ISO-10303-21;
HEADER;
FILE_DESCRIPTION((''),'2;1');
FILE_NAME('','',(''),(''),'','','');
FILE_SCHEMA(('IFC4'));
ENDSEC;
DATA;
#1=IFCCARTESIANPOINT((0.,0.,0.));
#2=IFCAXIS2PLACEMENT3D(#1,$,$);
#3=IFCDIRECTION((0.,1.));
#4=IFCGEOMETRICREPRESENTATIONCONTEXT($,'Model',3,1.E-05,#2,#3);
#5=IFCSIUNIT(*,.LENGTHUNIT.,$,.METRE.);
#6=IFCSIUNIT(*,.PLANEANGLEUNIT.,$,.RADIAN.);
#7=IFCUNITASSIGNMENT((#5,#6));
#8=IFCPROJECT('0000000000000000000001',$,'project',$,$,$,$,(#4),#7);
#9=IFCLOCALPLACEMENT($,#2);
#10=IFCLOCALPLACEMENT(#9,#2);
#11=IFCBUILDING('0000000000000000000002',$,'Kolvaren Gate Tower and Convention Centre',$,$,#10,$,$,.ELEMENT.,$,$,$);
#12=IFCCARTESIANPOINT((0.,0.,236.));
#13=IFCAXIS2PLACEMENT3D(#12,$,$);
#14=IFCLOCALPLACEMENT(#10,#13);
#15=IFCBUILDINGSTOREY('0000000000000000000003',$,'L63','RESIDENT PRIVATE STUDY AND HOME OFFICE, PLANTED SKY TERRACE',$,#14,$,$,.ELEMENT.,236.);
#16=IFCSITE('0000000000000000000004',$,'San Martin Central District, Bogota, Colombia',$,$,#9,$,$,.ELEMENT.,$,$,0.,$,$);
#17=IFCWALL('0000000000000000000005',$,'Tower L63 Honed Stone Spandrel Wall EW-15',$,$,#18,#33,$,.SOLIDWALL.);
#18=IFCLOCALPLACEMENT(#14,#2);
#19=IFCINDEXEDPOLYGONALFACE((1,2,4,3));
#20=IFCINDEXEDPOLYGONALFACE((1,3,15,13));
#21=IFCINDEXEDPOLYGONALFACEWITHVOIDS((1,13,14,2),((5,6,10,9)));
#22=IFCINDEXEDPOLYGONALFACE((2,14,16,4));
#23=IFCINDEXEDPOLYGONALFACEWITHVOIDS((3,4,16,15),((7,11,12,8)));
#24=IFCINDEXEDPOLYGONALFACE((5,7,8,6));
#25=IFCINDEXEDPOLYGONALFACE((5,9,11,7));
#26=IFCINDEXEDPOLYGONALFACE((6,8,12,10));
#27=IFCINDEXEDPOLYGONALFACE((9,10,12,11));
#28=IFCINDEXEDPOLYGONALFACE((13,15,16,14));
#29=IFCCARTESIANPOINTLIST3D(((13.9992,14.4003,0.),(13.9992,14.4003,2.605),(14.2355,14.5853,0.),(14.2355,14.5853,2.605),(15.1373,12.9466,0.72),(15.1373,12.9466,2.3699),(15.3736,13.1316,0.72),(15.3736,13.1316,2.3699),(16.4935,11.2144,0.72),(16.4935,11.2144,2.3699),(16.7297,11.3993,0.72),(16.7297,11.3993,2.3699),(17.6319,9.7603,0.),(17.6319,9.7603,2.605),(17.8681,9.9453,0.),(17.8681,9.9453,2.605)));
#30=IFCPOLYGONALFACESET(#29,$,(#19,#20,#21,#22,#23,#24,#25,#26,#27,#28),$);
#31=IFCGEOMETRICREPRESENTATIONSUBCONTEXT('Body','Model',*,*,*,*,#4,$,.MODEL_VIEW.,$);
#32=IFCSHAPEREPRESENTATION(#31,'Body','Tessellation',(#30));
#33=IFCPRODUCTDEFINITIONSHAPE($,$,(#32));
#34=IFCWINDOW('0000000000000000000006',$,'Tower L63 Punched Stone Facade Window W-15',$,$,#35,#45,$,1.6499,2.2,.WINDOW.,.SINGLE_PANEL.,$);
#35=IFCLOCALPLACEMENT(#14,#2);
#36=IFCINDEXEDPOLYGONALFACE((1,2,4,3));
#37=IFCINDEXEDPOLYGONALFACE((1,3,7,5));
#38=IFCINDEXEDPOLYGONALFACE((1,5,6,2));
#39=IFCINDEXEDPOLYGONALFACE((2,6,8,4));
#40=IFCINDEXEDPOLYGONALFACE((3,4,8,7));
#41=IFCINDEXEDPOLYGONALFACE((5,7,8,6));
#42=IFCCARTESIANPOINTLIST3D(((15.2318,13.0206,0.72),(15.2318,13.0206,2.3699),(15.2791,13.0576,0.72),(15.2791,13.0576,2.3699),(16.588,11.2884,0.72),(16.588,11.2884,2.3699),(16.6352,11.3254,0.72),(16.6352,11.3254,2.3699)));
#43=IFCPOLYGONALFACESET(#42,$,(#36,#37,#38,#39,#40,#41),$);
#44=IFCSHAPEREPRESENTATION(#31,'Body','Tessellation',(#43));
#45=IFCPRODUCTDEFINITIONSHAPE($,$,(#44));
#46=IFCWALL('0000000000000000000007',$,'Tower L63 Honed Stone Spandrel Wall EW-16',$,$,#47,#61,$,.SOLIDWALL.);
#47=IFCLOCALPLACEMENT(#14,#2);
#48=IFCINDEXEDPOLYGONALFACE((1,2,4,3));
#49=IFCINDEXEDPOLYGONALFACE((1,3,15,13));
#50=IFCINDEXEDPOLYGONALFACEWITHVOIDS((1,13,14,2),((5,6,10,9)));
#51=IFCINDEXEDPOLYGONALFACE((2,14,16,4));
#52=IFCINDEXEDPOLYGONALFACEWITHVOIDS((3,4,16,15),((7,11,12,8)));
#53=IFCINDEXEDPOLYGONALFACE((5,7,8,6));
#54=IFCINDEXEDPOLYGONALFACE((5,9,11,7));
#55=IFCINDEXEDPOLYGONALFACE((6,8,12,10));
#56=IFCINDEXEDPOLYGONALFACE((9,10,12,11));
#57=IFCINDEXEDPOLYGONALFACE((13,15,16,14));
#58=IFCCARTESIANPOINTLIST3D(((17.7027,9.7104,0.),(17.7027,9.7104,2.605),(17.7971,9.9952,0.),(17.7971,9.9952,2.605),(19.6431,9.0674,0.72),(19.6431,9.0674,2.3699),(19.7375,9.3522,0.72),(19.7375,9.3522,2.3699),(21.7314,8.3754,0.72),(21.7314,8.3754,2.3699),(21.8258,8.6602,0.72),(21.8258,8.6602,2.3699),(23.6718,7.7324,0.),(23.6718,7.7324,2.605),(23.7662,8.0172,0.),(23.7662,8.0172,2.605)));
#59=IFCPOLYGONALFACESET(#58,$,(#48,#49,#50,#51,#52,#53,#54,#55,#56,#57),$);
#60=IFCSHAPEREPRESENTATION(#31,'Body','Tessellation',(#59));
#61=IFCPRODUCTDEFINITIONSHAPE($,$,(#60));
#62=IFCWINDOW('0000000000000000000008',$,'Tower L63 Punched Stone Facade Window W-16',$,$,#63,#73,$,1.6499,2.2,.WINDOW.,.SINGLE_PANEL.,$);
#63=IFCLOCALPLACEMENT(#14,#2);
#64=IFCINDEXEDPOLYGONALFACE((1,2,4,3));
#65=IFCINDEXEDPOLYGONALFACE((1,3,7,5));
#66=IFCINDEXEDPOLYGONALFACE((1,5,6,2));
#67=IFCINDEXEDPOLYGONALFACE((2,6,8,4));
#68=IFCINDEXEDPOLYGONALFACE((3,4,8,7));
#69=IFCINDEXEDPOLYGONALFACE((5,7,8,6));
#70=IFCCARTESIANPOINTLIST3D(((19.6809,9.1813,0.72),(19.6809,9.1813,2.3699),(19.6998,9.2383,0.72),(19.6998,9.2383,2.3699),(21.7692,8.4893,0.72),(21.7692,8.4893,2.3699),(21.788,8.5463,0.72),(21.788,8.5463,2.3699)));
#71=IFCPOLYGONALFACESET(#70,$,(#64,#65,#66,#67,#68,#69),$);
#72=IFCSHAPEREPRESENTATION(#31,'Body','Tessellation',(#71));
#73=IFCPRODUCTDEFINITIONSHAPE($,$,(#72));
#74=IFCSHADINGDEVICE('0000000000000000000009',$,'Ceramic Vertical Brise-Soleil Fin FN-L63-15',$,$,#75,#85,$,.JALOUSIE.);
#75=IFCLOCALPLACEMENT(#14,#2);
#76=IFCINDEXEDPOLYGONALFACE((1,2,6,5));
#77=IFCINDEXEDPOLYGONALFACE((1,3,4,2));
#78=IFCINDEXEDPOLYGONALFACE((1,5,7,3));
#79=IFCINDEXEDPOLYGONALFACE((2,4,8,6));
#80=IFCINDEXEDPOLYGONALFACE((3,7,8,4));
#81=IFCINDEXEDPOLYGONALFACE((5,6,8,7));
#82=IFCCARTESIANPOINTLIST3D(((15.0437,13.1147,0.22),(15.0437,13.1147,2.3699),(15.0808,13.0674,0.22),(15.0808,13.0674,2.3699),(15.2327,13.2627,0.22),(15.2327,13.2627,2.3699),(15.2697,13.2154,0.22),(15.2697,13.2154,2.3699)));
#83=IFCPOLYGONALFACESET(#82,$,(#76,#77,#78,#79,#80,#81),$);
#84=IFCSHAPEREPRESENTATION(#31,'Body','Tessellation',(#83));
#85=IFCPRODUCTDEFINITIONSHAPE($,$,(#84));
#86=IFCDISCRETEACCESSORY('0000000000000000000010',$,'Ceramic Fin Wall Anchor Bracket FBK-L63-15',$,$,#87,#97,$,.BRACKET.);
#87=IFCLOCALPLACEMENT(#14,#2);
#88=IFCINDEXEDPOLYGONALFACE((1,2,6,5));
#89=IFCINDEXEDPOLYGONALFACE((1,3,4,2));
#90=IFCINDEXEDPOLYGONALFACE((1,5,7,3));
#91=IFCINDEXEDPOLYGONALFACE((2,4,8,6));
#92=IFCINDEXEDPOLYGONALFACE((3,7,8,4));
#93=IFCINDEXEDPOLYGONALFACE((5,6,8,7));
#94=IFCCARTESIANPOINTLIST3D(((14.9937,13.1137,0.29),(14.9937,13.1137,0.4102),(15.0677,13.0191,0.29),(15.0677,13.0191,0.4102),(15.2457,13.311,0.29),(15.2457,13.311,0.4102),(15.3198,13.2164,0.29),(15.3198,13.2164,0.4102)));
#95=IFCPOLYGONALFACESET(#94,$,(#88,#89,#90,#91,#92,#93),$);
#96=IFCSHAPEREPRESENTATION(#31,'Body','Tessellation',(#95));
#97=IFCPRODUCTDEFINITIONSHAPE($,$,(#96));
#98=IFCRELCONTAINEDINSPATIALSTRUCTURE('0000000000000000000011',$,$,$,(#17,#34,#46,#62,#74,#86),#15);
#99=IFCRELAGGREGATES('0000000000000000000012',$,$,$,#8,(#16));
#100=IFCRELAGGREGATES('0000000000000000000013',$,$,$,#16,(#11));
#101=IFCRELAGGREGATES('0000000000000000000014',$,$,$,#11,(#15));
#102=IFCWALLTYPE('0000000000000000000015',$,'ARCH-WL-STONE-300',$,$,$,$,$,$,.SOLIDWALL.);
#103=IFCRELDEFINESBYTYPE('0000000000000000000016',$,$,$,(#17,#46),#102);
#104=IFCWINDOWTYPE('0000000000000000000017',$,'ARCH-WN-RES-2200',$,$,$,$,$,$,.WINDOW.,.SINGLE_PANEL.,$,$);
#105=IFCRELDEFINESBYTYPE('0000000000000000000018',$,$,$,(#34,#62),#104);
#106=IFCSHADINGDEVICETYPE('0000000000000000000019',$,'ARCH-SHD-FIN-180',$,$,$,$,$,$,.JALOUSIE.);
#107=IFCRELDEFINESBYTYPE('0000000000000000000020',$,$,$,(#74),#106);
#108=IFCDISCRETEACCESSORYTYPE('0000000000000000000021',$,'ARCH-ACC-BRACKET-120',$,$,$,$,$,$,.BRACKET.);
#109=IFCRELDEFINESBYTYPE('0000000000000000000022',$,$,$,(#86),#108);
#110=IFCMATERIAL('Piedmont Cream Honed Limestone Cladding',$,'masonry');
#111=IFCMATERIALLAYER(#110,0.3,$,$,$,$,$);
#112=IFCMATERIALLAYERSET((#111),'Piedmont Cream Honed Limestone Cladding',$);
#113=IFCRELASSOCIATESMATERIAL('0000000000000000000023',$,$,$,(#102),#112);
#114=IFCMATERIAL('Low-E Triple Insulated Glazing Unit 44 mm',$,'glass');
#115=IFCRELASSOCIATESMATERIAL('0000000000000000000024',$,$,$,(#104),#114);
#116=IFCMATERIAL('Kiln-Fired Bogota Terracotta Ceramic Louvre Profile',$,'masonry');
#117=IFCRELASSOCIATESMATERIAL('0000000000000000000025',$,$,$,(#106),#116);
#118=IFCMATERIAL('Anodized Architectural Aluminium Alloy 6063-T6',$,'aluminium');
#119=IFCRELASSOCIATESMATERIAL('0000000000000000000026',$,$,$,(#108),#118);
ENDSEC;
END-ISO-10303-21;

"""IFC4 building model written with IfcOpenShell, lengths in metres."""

from ifc_helpers import new_model, si_unit, direction, frame, frame_2d, origin, origin_2d, place, context, subcontext, project, spatial, rectangle, extrude, material, layer, layer_set, type_object, element, fill, save


model = new_model("IFC4")

# Units and contexts
model_context = context("Model", 3, precision=1e-05, world=origin(), true_north=direction((0.0, 1.0)))
body_context = subcontext(model_context, "Body", "Model", "MODEL_VIEW")
ifc_project = project(units=[si_unit("LENGTHUNIT", "METRE"), si_unit("PLANEANGLEUNIT", "RADIAN")], contexts=[model_context])

# Site, building, storey
site_placement = place(None, origin())
site = spatial("IfcSite", under=ifc_project, at=site_placement, Name="San Martin Central District, Bogota, Colombia", CompositionType="ELEMENT", RefElevation=0.0)
building_placement = place(site_placement, origin())
building = spatial("IfcBuilding", under=site, at=building_placement, Name="Kolvaren Gate Tower and Convention Centre", CompositionType="ELEMENT")
storey_placement = place(building_placement, frame((0.0, 0.0, 236.0)))
storey = spatial("IfcBuildingStorey", under=building, at=storey_placement, Name="L63", Description="RESIDENT PRIVATE STUDY AND HOME OFFICE, PLANTED SKY TERRACE", CompositionType="ELEMENT", Elevation=236.0)

# Shared definitions
ifc_material_1 = material(Name="Piedmont Cream Honed Limestone Cladding", Category="masonry")

# Walls, openings, windows
ifc_layer_1 = layer(ifc_material_1, 0.3)
ifc_layer_set_1 = layer_set([ifc_layer_1], Name="Piedmont Cream Honed Limestone Cladding")
wall_type_1 = type_object("IfcWallType", Name="ARCH-WL-STONE-300", PredefinedType="SOLIDWALL", material=ifc_layer_set_1)
wall_1_placement = place(storey_placement, frame((14.1174, 14.4927, 0.0), z_axis=(0.0, 0.0, 1.0), x_axis=(0.61645, -0.787394, 0.0)))
wall_1 = element("IfcWall", 1, at=wall_1_placement, inside=storey, type_object=wall_type_1, Name="Tower L63 Honed Stone Spandrel Wall EW-15", PredefinedType="SOLIDWALL", context=body_context, shape_type="SweptSolid", body=[
    extrude(rectangle(XDim=5.8928, YDim=0.3, at=frame_2d((2.9463, 0.0))), origin(), (0.0, 0.0, 1.0), 2.605),
])
opening_1_placement = place(wall_1_placement, frame((1.8459, 0.0, 0.72)))
opening_1 = element("IfcOpeningElement", 2, at=opening_1_placement, cuts=wall_1, PredefinedType="OPENING", context=body_context, shape_type="SweptSolid", body=[
    extrude(rectangle(XDim=2.2, YDim=1.6499, at=frame_2d((1.1001, 0.825))), frame((0.0, 0.1599, 0.0), z_axis=(0.0, -1.0, 0.0), x_axis=(1.0, 0.0, 0.0)), (0.0, 0.0, 1.0), 0.3201),
])
ifc_material_2 = material(Name="Low-E Triple Insulated Glazing Unit 44 mm", Category="glass")
window_type = type_object("IfcWindowType", Name="ARCH-WN-RES-2200", PartitioningType="SINGLE_PANEL", PredefinedType="WINDOW", material=ifc_material_2)
window_1_placement = place(opening_1_placement, origin())
window_1 = element("IfcWindow", 3, at=window_1_placement, inside=storey, type_object=window_type, Name="Tower L63 Punched Stone Facade Window W-15", OverallHeight=1.6499, OverallWidth=2.2, PartitioningType="SINGLE_PANEL", PredefinedType="WINDOW", context=body_context, shape_type="SweptSolid", body=[
    extrude(rectangle(XDim=2.2, YDim=1.6499, at=frame_2d((1.1001, 0.825))), frame((0.0, 0.03, 0.0), z_axis=(0.0, -1.0, 0.0), x_axis=(1.0, 0.0, 0.0)), (0.0, 0.0, 1.0), 0.0601),
])
fill(opening_1, window_1)
wall_2_placement = place(storey_placement, frame((17.75, 9.8528, 0.0), z_axis=(0.0, 0.0, 1.0), x_axis=(0.949241, -0.31455, 0.0)))
wall_2 = element("IfcWall", 4, at=wall_2_placement, inside=storey, type_object=wall_type_1, Name="Tower L63 Honed Stone Spandrel Wall EW-16", PredefinedType="SOLIDWALL", context=body_context, shape_type="SweptSolid", body=[
    extrude(rectangle(XDim=6.2883, YDim=0.3, at=frame_2d((3.144, 0.0))), origin(), (0.0, 0.0, 1.0), 2.605),
])
opening_2_placement = place(wall_2_placement, frame((2.0439, 0.0, 0.72)))
opening_2 = element("IfcOpeningElement", 5, at=opening_2_placement, cuts=wall_2, PredefinedType="OPENING", context=body_context, shape_type="SweptSolid", body=[
    extrude(rectangle(XDim=2.2, YDim=1.6499, at=frame_2d((1.1001, 0.825))), frame((0.0, 0.1599, 0.0), z_axis=(0.0, -1.0, 0.0), x_axis=(1.0, 0.0, 0.0)), (0.0, 0.0, 1.0), 0.3201),
])
window_2_placement = place(opening_2_placement, origin())
window_2 = element("IfcWindow", 6, at=window_2_placement, inside=storey, type_object=window_type, Name="Tower L63 Punched Stone Facade Window W-16", OverallHeight=1.6499, OverallWidth=2.2, PartitioningType="SINGLE_PANEL", PredefinedType="WINDOW", context=body_context, shape_type="SweptSolid", body=[
    extrude(rectangle(XDim=2.2, YDim=1.6499, at=frame_2d((1.1001, 0.825))), frame((0.0, 0.03, 0.0), z_axis=(0.0, -1.0, 0.0), x_axis=(1.0, 0.0, 0.0)), (0.0, 0.0, 1.0), 0.0601),
])
fill(opening_2, window_2)

# Shading device
ifc_material_3 = material(Name="Kiln-Fired Bogota Terracotta Ceramic Louvre Profile", Category="masonry")
shading_device_type = type_object("IfcShadingDeviceType", Name="ARCH-SHD-FIN-180", PredefinedType="JALOUSIE", material=ifc_material_3)
shading_device_placement = place(storey_placement, frame((15.1567, 13.165, 0.22), z_axis=(0.0, 0.0, 1.0), x_axis=(0.616434, -0.787406, 0.0)))
element("IfcShadingDevice", 7, at=shading_device_placement, inside=storey, type_object=shading_device_type, Name="Ceramic Vertical Brise-Soleil Fin FN-L63-15", PredefinedType="JALOUSIE", context=body_context, shape_type="SweptSolid", body=[
    extrude(rectangle(XDim=0.0601, YDim=0.24, at=origin_2d()), origin(), (0.0, 0.0, 1.0), 2.1499),
])

# Discrete accessory
ifc_material_4 = material(Name="Anodized Architectural Aluminium Alloy 6063-T6", Category="aluminium")
discrete_accessory_type = type_object("IfcDiscreteAccessoryType", Name="ARCH-ACC-BRACKET-120", PredefinedType="BRACKET", material=ifc_material_4)
discrete_accessory_placement = place(storey_placement, frame((15.1567, 13.165, 0.29), z_axis=(0.0, 0.0, 1.0), x_axis=(0.616434, -0.787406, 0.0)))
element("IfcDiscreteAccessory", 8, at=discrete_accessory_placement, inside=storey, type_object=discrete_accessory_type, Name="Ceramic Fin Wall Anchor Bracket FBK-L63-15", PredefinedType="BRACKET", context=body_context, shape_type="SweptSolid", body=[
    extrude(rectangle(XDim=0.1201, YDim=0.3201, at=origin_2d()), origin(), (0.0, 0.0, 1.0), 0.1201),
])

save(model, "model.ifc")
